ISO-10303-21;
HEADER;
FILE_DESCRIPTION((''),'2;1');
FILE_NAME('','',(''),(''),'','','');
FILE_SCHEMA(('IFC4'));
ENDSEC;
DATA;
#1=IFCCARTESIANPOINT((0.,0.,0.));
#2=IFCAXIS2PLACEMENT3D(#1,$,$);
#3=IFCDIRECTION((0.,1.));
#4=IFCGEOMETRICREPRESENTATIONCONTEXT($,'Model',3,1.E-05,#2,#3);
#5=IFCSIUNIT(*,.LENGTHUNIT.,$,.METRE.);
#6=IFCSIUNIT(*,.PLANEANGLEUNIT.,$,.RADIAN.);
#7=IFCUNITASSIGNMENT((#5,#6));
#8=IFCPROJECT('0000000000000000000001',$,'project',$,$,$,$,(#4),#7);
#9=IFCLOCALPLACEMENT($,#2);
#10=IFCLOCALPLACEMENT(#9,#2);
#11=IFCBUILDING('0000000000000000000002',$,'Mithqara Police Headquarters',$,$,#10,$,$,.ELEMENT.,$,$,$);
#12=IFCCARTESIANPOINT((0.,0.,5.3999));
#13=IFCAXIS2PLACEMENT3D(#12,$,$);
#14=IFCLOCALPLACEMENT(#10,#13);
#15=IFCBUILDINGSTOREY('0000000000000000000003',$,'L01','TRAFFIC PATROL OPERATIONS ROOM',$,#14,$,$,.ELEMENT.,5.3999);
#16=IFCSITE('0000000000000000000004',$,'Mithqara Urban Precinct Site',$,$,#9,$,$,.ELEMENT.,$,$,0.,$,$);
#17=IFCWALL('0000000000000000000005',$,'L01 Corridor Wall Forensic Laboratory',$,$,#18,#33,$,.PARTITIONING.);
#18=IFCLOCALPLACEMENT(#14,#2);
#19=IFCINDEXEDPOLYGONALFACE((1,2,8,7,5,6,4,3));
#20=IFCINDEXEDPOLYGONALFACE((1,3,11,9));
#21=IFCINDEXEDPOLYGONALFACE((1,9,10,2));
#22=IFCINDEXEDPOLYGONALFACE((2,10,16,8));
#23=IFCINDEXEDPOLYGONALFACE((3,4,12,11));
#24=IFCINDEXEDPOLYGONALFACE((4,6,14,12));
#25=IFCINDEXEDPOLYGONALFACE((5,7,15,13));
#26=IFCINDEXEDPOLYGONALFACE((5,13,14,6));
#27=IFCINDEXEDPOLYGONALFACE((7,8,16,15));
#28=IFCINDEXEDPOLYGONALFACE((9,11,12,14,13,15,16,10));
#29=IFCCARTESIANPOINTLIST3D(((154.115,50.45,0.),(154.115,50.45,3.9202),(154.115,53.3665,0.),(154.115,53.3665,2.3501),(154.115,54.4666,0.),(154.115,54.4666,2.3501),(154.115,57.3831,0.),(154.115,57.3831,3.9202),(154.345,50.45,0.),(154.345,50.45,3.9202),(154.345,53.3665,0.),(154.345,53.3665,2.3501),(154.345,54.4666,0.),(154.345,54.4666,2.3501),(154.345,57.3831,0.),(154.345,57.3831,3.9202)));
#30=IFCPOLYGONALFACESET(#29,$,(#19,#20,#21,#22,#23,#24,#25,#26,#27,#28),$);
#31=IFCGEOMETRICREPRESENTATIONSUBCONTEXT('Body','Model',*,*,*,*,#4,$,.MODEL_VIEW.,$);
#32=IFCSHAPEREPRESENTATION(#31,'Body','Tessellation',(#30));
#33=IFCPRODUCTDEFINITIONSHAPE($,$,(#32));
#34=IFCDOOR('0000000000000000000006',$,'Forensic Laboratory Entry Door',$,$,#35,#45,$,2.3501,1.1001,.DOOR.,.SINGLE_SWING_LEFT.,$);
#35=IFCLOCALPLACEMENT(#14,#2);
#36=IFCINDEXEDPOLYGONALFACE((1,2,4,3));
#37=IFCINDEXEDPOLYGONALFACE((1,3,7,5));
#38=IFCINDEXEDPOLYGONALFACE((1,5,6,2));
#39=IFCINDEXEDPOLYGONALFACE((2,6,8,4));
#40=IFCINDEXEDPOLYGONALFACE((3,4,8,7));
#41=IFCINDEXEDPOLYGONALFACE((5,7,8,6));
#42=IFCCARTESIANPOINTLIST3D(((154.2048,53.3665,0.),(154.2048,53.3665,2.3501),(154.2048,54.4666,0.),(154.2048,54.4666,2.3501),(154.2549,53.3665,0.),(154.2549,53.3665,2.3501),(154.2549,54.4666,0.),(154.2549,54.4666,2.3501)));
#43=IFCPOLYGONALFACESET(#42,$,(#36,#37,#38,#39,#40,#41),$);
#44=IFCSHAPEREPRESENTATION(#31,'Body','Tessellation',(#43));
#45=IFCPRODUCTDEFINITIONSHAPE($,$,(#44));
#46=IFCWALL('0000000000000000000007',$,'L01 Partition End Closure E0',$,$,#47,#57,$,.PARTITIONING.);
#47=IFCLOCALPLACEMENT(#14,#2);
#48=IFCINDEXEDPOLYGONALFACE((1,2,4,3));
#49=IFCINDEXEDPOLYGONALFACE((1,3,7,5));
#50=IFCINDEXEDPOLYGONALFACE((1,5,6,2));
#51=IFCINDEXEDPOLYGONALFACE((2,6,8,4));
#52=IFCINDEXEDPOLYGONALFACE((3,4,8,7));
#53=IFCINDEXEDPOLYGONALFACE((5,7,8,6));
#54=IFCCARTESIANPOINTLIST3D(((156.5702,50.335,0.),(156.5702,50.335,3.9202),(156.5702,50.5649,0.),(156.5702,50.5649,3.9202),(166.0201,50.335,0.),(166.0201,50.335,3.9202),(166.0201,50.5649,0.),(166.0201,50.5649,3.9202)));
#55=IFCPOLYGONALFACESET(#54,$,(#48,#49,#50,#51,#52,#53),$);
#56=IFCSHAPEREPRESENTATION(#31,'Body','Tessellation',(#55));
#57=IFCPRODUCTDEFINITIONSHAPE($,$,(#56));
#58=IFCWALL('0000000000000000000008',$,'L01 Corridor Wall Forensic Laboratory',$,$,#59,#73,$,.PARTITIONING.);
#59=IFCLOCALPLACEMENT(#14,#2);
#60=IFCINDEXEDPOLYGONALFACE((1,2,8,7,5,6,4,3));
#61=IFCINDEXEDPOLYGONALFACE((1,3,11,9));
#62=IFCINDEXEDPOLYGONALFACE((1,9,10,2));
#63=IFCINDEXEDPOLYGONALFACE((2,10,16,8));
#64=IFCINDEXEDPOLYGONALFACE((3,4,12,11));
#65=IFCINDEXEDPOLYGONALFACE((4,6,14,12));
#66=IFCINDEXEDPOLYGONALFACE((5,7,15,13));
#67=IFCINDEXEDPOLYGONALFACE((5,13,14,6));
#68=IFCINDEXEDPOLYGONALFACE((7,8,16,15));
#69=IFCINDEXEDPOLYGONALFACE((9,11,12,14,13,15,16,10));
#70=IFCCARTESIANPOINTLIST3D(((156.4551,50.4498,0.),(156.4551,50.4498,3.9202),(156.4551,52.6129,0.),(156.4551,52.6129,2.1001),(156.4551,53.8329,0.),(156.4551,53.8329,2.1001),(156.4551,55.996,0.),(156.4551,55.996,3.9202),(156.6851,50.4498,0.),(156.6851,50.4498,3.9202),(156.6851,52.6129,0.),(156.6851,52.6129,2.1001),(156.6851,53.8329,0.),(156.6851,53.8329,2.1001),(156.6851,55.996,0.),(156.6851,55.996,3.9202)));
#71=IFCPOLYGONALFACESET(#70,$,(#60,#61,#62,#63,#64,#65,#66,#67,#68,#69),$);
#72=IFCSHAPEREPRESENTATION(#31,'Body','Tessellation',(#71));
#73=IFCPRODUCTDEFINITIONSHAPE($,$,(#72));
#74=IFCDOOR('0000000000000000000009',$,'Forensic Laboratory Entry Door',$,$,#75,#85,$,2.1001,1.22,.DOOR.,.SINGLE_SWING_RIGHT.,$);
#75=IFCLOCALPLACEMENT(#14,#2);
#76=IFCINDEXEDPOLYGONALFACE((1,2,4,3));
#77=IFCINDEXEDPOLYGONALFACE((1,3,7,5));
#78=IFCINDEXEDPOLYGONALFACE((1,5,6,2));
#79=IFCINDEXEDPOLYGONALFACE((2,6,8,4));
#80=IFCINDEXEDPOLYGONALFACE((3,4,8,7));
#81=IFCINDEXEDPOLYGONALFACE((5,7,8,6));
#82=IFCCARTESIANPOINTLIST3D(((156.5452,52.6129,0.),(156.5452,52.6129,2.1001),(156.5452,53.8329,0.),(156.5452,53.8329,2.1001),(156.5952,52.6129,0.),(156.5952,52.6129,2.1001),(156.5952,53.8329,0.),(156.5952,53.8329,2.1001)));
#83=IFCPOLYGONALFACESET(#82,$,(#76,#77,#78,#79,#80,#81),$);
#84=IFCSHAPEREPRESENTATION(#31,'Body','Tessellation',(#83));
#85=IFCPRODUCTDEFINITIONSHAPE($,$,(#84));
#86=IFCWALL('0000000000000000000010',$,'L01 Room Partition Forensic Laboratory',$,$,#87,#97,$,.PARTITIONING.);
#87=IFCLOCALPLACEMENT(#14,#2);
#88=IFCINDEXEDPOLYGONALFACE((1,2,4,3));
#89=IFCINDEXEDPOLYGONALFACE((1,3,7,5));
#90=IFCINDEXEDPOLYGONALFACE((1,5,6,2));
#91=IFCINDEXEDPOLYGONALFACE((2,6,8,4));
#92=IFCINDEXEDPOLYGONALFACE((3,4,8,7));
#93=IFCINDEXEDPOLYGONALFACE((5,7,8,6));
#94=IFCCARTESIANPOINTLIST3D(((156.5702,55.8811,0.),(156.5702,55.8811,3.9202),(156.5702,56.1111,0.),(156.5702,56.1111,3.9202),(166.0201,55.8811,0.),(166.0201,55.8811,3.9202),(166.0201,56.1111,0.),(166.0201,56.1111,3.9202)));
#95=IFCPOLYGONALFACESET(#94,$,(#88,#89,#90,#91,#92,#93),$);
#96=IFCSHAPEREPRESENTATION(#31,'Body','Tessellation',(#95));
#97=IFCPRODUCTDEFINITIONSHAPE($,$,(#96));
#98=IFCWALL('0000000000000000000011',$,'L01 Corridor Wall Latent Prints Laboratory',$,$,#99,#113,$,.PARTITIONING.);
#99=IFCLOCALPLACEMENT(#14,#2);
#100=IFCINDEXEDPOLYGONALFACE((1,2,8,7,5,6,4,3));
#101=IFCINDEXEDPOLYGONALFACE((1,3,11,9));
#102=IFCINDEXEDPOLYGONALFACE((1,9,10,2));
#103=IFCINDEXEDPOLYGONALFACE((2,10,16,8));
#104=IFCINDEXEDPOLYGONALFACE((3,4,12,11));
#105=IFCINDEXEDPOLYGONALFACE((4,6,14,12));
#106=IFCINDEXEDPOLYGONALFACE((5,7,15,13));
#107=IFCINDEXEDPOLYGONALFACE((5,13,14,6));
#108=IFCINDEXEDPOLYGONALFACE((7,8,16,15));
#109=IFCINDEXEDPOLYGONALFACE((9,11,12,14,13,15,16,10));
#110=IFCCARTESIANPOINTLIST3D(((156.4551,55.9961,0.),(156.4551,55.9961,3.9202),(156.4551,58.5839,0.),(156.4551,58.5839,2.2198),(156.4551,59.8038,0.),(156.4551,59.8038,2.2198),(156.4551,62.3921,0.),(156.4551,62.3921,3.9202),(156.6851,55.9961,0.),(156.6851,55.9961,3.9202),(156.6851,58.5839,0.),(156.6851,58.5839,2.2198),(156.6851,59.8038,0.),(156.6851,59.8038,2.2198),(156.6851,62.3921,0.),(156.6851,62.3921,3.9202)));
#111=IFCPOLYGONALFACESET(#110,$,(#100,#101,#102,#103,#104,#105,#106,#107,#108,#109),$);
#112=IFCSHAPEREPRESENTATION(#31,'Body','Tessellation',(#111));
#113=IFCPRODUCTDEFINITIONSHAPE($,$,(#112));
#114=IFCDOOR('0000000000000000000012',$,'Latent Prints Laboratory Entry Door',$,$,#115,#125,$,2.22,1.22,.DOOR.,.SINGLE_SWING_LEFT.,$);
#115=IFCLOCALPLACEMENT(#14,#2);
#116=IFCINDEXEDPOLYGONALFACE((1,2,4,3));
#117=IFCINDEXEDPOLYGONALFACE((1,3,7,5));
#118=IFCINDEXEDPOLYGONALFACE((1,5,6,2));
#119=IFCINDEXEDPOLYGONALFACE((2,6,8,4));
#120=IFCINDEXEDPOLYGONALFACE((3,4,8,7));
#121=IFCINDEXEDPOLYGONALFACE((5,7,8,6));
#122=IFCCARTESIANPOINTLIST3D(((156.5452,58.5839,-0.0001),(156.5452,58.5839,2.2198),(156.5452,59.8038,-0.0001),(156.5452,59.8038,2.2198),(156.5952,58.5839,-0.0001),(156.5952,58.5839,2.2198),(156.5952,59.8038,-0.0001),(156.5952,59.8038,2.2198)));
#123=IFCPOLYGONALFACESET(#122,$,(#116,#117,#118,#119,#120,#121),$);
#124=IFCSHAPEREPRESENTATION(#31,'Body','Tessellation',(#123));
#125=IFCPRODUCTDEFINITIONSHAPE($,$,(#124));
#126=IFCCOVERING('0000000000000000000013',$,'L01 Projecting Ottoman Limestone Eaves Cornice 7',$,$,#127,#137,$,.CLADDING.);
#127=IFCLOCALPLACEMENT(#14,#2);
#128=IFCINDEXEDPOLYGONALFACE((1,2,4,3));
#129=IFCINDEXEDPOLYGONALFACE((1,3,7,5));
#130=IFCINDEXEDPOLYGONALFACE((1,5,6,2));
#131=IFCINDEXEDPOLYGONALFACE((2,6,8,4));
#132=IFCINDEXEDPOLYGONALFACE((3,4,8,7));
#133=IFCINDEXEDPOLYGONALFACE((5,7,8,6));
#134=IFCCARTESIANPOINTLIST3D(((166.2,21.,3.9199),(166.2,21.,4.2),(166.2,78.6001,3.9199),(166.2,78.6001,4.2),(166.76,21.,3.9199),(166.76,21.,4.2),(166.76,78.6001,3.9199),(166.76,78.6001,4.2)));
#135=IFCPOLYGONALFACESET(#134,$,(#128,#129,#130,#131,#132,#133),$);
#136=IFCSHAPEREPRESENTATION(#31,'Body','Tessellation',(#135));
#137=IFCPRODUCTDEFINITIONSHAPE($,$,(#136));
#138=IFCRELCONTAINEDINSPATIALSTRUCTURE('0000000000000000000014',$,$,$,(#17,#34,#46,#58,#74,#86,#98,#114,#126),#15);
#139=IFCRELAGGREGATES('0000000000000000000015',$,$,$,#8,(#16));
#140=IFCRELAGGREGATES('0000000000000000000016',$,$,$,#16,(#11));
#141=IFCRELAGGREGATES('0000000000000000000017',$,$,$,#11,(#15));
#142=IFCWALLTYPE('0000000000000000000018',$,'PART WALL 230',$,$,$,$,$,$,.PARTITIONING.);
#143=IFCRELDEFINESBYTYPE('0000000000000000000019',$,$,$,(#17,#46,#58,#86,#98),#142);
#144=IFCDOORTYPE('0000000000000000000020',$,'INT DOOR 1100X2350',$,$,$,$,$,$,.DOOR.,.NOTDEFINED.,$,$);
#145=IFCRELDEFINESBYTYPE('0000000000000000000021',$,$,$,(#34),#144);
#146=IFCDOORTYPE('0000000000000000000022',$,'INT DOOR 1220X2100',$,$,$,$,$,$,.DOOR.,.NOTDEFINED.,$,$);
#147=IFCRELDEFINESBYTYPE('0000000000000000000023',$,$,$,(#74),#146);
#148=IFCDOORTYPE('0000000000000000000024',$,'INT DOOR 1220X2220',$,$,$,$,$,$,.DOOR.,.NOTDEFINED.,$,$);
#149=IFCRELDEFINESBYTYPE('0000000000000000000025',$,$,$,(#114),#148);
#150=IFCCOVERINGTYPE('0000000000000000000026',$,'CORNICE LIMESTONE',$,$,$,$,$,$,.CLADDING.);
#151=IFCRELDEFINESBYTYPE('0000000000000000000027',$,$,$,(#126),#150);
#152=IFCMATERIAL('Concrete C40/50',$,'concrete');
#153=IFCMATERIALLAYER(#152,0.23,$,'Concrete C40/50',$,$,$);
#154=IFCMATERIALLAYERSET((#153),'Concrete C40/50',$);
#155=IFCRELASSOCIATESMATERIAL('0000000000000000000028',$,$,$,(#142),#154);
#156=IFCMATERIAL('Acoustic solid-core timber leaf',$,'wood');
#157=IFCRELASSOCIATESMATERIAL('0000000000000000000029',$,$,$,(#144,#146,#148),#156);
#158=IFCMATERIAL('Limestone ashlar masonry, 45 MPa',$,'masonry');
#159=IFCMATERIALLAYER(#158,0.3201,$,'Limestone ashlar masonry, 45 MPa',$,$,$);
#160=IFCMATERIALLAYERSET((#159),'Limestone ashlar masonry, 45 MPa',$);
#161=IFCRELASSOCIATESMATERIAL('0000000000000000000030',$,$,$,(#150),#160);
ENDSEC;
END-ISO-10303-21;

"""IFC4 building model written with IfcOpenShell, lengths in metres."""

from ifc_helpers import new_model, si_unit, direction, frame, frame_2d, origin, origin_2d, place, context, subcontext, project, spatial, rectangle, extrude, material, layer, layer_set, type_object, element, fill, save


model = new_model("IFC4")

# Units and contexts
model_context = context("Model", 3, precision=1e-05, world=origin(), true_north=direction((0.0, 1.0)))
body_context = subcontext(model_context, "Body", "Model", "MODEL_VIEW")
ifc_project = project(units=[si_unit("LENGTHUNIT", "METRE"), si_unit("PLANEANGLEUNIT", "RADIAN")], contexts=[model_context])

# Site, building, storey
site_placement = place(None, origin())
site = spatial("IfcSite", under=ifc_project, at=site_placement, Name="Mithqara Urban Precinct Site", CompositionType="ELEMENT", RefElevation=0.0)
building_placement = place(site_placement, origin())
building = spatial("IfcBuilding", under=site, at=building_placement, Name="Mithqara Police Headquarters", CompositionType="ELEMENT")
storey_placement = place(building_placement, frame((0.0, 0.0, 5.3999)))
storey = spatial("IfcBuildingStorey", under=building, at=storey_placement, Name="L01", Description="TRAFFIC PATROL OPERATIONS ROOM", CompositionType="ELEMENT", Elevation=5.3999)

# Shared definitions
ifc_material_1 = material(Name="Concrete C40/50", Category="concrete")

# Wall, opening, door
ifc_layer_1 = layer(ifc_material_1, 0.23, Name="Concrete C40/50")
ifc_layer_set_1 = layer_set([ifc_layer_1], Name="Concrete C40/50")
wall_type_1 = type_object("IfcWallType", Name="PART WALL 230", PredefinedType="PARTITIONING", material=ifc_layer_set_1)
wall_1_placement = place(storey_placement, frame((154.23, 50.45, 0.0), z_axis=(0.0, 0.0, 1.0), x_axis=(0.0, 1.0, 0.0)))
wall_1 = element("IfcWall", 1, at=wall_1_placement, inside=storey, type_object=wall_type_1, Name="L01 Corridor Wall Forensic Laboratory", PredefinedType="PARTITIONING", context=body_context, shape_type="SweptSolid", body=[
    extrude(rectangle(XDim=6.9331, YDim=0.23, at=frame_2d((3.4666, 0.0))), origin(), (0.0, 0.0, 1.0), 3.9202),
])
opening_1_placement = place(wall_1_placement, frame((2.9165, 0.0, 0.0)))
opening_1 = element("IfcOpeningElement", 2, at=opening_1_placement, cuts=wall_1, PredefinedType="OPENING", context=body_context, shape_type="SweptSolid", body=[
    extrude(rectangle(XDim=1.1001, YDim=2.3501, at=frame_2d((0.55, 1.175))), frame((0.0, 0.125, 0.0), z_axis=(0.0, -1.0, 0.0), x_axis=(1.0, 0.0, 0.0)), (0.0, 0.0, 1.0), 0.25),
])
ifc_material_2 = material(Name="Acoustic solid-core timber leaf", Category="wood")
door_type_1 = type_object("IfcDoorType", Name="INT DOOR 1100X2350", OperationType="NOTDEFINED", PredefinedType="DOOR", material=ifc_material_2)
door_1_placement = place(opening_1_placement, frame((1.1001, 0.0, 0.0), z_axis=(0.0, 0.0, 1.0), x_axis=(-1.0, 0.0, 0.0)))
door_1 = element("IfcDoor", 3, at=door_1_placement, inside=storey, type_object=door_type_1, Name="Forensic Laboratory Entry Door", OperationType="SINGLE_SWING_LEFT", OverallHeight=2.3501, OverallWidth=1.1001, PredefinedType="DOOR", context=body_context, shape_type="SweptSolid", body=[
    extrude(rectangle(XDim=1.1001, YDim=2.3501, at=frame_2d((0.55, 1.175))), frame((0.0, 0.0249, 0.0), z_axis=(0.0, -1.0, 0.0), x_axis=(1.0, 0.0, 0.0)), (0.0, 0.0, 1.0), 0.05),
])
fill(opening_1, door_1)

# Wall
wall_2_placement = place(storey_placement, frame((156.5701, 50.45, 0.0), z_axis=(0.0, 0.0, 1.0), x_axis=(1.0, 0.0, 0.0)))
element("IfcWall", 4, at=wall_2_placement, inside=storey, type_object=wall_type_1, Name="L01 Partition End Closure E0", PredefinedType="PARTITIONING", context=body_context, shape_type="SweptSolid", body=[
    extrude(rectangle(XDim=9.45, YDim=0.23, at=frame_2d((4.7251, 0.0))), origin(), (0.0, 0.0, 1.0), 3.9202),
])

# Wall, opening, door
wall_3_placement = place(storey_placement, frame((156.5701, 50.45, 0.0), z_axis=(0.0, 0.0, 1.0), x_axis=(0.0, 1.0, 0.0)))
wall_3 = element("IfcWall", 5, at=wall_3_placement, inside=storey, type_object=wall_type_1, Name="L01 Corridor Wall Forensic Laboratory", PredefinedType="PARTITIONING", context=body_context, shape_type="SweptSolid", body=[
    extrude(rectangle(XDim=5.5461, YDim=0.23, at=frame_2d((2.7729, 0.0))), origin(), (0.0, 0.0, 1.0), 3.9202),
])
opening_2_placement = place(wall_3_placement, frame((2.1631, 0.0, 0.0)))
opening_2 = element("IfcOpeningElement", 6, at=opening_2_placement, cuts=wall_3, PredefinedType="OPENING", context=body_context, shape_type="SweptSolid", body=[
    extrude(rectangle(XDim=1.22, YDim=2.1001, at=frame_2d((0.6099, 1.05))), frame((0.0, 0.125, 0.0), z_axis=(0.0, -1.0, 0.0), x_axis=(1.0, 0.0, 0.0)), (0.0, 0.0, 1.0), 0.25),
])
door_type_2 = type_object("IfcDoorType", Name="INT DOOR 1220X2100", OperationType="NOTDEFINED", PredefinedType="DOOR", material=ifc_material_2)
door_2_placement = place(opening_2_placement, origin())
door_2 = element("IfcDoor", 7, at=door_2_placement, inside=storey, type_object=door_type_2, Name="Forensic Laboratory Entry Door", OperationType="SINGLE_SWING_RIGHT", OverallHeight=2.1001, OverallWidth=1.22, PredefinedType="DOOR", context=body_context, shape_type="SweptSolid", body=[
    extrude(rectangle(XDim=1.22, YDim=2.1001, at=frame_2d((0.6099, 1.05))), frame((0.0, 0.0249, 0.0), z_axis=(0.0, -1.0, 0.0), x_axis=(1.0, 0.0, 0.0)), (0.0, 0.0, 1.0), 0.05),
])
fill(opening_2, door_2)

# Wall
wall_4_placement = place(storey_placement, frame((156.5701, 55.9961, 0.0), z_axis=(0.0, 0.0, 1.0), x_axis=(1.0, 0.0, 0.0)))
element("IfcWall", 8, at=wall_4_placement, inside=storey, type_object=wall_type_1, Name="L01 Room Partition Forensic Laboratory", PredefinedType="PARTITIONING", context=body_context, shape_type="SweptSolid", body=[
    extrude(rectangle(XDim=9.45, YDim=0.23, at=frame_2d((4.7251, 0.0))), origin(), (0.0, 0.0, 1.0), 3.9202),
])

# Wall, opening, door
wall_5_placement = place(storey_placement, frame((156.5701, 55.9961, 0.0), z_axis=(0.0, 0.0, 1.0), x_axis=(0.0, 1.0, 0.0)))
wall_5 = element("IfcWall", 9, at=wall_5_placement, inside=storey, type_object=wall_type_1, Name="L01 Corridor Wall Latent Prints Laboratory", PredefinedType="PARTITIONING", context=body_context, shape_type="SweptSolid", body=[
    extrude(rectangle(XDim=6.396, YDim=0.23, at=frame_2d((3.198, 0.0))), origin(), (0.0, 0.0, 1.0), 3.9202),
])
opening_3_placement = place(wall_5_placement, frame((2.5879, 0.0, 0.0)))
opening_3 = element("IfcOpeningElement", 10, at=opening_3_placement, cuts=wall_5, PredefinedType="OPENING", context=body_context, shape_type="SweptSolid", body=[
    extrude(rectangle(XDim=1.22, YDim=2.22, at=frame_2d((0.6099, 1.1099))), frame((0.0, 0.125, 0.0), z_axis=(0.0, -1.0, 0.0), x_axis=(1.0, 0.0, 0.0)), (0.0, 0.0, 1.0), 0.25),
])
door_type_3 = type_object("IfcDoorType", Name="INT DOOR 1220X2220", OperationType="NOTDEFINED", PredefinedType="DOOR", material=ifc_material_2)
door_3_placement = place(opening_3_placement, origin())
door_3 = element("IfcDoor", 11, at=door_3_placement, inside=storey, type_object=door_type_3, Name="Latent Prints Laboratory Entry Door", OperationType="SINGLE_SWING_LEFT", OverallHeight=2.22, OverallWidth=1.22, PredefinedType="DOOR", context=body_context, shape_type="SweptSolid", body=[
    extrude(rectangle(XDim=1.22, YDim=2.22, at=frame_2d((0.6099, 1.1099))), frame((0.0, 0.0249, 0.0), z_axis=(0.0, -1.0, 0.0), x_axis=(1.0, 0.0, 0.0)), (0.0, 0.0, 1.0), 0.05),
])
fill(opening_3, door_3)

# Covering
ifc_material_3 = material(Name="Limestone ashlar masonry, 45 MPa", Category="masonry")
ifc_layer_2 = layer(ifc_material_3, 0.3201, Name="Limestone ashlar masonry, 45 MPa")
ifc_layer_set_2 = layer_set([ifc_layer_2], Name="Limestone ashlar masonry, 45 MPa")
covering_type_1 = type_object("IfcCoveringType", Name="CORNICE LIMESTONE", PredefinedType="CLADDING", material=ifc_layer_set_2)
covering_1_placement = place(storey_placement, frame((166.48, 49.8, 3.9199), z_axis=(0.0, 0.0, 1.0), x_axis=(0.0, 1.0, 0.0)))
element("IfcCovering", 12, at=covering_1_placement, inside=storey, type_object=covering_type_1, Name="L01 Projecting Ottoman Limestone Eaves Cornice 7", PredefinedType="CLADDING", context=body_context, shape_type="SweptSolid", body=[
    extrude(rectangle(XDim=57.6001, YDim=0.5601, at=origin_2d()), origin(), (0.0, 0.0, 1.0), 0.28),
])

save(model, "model.ifc")
